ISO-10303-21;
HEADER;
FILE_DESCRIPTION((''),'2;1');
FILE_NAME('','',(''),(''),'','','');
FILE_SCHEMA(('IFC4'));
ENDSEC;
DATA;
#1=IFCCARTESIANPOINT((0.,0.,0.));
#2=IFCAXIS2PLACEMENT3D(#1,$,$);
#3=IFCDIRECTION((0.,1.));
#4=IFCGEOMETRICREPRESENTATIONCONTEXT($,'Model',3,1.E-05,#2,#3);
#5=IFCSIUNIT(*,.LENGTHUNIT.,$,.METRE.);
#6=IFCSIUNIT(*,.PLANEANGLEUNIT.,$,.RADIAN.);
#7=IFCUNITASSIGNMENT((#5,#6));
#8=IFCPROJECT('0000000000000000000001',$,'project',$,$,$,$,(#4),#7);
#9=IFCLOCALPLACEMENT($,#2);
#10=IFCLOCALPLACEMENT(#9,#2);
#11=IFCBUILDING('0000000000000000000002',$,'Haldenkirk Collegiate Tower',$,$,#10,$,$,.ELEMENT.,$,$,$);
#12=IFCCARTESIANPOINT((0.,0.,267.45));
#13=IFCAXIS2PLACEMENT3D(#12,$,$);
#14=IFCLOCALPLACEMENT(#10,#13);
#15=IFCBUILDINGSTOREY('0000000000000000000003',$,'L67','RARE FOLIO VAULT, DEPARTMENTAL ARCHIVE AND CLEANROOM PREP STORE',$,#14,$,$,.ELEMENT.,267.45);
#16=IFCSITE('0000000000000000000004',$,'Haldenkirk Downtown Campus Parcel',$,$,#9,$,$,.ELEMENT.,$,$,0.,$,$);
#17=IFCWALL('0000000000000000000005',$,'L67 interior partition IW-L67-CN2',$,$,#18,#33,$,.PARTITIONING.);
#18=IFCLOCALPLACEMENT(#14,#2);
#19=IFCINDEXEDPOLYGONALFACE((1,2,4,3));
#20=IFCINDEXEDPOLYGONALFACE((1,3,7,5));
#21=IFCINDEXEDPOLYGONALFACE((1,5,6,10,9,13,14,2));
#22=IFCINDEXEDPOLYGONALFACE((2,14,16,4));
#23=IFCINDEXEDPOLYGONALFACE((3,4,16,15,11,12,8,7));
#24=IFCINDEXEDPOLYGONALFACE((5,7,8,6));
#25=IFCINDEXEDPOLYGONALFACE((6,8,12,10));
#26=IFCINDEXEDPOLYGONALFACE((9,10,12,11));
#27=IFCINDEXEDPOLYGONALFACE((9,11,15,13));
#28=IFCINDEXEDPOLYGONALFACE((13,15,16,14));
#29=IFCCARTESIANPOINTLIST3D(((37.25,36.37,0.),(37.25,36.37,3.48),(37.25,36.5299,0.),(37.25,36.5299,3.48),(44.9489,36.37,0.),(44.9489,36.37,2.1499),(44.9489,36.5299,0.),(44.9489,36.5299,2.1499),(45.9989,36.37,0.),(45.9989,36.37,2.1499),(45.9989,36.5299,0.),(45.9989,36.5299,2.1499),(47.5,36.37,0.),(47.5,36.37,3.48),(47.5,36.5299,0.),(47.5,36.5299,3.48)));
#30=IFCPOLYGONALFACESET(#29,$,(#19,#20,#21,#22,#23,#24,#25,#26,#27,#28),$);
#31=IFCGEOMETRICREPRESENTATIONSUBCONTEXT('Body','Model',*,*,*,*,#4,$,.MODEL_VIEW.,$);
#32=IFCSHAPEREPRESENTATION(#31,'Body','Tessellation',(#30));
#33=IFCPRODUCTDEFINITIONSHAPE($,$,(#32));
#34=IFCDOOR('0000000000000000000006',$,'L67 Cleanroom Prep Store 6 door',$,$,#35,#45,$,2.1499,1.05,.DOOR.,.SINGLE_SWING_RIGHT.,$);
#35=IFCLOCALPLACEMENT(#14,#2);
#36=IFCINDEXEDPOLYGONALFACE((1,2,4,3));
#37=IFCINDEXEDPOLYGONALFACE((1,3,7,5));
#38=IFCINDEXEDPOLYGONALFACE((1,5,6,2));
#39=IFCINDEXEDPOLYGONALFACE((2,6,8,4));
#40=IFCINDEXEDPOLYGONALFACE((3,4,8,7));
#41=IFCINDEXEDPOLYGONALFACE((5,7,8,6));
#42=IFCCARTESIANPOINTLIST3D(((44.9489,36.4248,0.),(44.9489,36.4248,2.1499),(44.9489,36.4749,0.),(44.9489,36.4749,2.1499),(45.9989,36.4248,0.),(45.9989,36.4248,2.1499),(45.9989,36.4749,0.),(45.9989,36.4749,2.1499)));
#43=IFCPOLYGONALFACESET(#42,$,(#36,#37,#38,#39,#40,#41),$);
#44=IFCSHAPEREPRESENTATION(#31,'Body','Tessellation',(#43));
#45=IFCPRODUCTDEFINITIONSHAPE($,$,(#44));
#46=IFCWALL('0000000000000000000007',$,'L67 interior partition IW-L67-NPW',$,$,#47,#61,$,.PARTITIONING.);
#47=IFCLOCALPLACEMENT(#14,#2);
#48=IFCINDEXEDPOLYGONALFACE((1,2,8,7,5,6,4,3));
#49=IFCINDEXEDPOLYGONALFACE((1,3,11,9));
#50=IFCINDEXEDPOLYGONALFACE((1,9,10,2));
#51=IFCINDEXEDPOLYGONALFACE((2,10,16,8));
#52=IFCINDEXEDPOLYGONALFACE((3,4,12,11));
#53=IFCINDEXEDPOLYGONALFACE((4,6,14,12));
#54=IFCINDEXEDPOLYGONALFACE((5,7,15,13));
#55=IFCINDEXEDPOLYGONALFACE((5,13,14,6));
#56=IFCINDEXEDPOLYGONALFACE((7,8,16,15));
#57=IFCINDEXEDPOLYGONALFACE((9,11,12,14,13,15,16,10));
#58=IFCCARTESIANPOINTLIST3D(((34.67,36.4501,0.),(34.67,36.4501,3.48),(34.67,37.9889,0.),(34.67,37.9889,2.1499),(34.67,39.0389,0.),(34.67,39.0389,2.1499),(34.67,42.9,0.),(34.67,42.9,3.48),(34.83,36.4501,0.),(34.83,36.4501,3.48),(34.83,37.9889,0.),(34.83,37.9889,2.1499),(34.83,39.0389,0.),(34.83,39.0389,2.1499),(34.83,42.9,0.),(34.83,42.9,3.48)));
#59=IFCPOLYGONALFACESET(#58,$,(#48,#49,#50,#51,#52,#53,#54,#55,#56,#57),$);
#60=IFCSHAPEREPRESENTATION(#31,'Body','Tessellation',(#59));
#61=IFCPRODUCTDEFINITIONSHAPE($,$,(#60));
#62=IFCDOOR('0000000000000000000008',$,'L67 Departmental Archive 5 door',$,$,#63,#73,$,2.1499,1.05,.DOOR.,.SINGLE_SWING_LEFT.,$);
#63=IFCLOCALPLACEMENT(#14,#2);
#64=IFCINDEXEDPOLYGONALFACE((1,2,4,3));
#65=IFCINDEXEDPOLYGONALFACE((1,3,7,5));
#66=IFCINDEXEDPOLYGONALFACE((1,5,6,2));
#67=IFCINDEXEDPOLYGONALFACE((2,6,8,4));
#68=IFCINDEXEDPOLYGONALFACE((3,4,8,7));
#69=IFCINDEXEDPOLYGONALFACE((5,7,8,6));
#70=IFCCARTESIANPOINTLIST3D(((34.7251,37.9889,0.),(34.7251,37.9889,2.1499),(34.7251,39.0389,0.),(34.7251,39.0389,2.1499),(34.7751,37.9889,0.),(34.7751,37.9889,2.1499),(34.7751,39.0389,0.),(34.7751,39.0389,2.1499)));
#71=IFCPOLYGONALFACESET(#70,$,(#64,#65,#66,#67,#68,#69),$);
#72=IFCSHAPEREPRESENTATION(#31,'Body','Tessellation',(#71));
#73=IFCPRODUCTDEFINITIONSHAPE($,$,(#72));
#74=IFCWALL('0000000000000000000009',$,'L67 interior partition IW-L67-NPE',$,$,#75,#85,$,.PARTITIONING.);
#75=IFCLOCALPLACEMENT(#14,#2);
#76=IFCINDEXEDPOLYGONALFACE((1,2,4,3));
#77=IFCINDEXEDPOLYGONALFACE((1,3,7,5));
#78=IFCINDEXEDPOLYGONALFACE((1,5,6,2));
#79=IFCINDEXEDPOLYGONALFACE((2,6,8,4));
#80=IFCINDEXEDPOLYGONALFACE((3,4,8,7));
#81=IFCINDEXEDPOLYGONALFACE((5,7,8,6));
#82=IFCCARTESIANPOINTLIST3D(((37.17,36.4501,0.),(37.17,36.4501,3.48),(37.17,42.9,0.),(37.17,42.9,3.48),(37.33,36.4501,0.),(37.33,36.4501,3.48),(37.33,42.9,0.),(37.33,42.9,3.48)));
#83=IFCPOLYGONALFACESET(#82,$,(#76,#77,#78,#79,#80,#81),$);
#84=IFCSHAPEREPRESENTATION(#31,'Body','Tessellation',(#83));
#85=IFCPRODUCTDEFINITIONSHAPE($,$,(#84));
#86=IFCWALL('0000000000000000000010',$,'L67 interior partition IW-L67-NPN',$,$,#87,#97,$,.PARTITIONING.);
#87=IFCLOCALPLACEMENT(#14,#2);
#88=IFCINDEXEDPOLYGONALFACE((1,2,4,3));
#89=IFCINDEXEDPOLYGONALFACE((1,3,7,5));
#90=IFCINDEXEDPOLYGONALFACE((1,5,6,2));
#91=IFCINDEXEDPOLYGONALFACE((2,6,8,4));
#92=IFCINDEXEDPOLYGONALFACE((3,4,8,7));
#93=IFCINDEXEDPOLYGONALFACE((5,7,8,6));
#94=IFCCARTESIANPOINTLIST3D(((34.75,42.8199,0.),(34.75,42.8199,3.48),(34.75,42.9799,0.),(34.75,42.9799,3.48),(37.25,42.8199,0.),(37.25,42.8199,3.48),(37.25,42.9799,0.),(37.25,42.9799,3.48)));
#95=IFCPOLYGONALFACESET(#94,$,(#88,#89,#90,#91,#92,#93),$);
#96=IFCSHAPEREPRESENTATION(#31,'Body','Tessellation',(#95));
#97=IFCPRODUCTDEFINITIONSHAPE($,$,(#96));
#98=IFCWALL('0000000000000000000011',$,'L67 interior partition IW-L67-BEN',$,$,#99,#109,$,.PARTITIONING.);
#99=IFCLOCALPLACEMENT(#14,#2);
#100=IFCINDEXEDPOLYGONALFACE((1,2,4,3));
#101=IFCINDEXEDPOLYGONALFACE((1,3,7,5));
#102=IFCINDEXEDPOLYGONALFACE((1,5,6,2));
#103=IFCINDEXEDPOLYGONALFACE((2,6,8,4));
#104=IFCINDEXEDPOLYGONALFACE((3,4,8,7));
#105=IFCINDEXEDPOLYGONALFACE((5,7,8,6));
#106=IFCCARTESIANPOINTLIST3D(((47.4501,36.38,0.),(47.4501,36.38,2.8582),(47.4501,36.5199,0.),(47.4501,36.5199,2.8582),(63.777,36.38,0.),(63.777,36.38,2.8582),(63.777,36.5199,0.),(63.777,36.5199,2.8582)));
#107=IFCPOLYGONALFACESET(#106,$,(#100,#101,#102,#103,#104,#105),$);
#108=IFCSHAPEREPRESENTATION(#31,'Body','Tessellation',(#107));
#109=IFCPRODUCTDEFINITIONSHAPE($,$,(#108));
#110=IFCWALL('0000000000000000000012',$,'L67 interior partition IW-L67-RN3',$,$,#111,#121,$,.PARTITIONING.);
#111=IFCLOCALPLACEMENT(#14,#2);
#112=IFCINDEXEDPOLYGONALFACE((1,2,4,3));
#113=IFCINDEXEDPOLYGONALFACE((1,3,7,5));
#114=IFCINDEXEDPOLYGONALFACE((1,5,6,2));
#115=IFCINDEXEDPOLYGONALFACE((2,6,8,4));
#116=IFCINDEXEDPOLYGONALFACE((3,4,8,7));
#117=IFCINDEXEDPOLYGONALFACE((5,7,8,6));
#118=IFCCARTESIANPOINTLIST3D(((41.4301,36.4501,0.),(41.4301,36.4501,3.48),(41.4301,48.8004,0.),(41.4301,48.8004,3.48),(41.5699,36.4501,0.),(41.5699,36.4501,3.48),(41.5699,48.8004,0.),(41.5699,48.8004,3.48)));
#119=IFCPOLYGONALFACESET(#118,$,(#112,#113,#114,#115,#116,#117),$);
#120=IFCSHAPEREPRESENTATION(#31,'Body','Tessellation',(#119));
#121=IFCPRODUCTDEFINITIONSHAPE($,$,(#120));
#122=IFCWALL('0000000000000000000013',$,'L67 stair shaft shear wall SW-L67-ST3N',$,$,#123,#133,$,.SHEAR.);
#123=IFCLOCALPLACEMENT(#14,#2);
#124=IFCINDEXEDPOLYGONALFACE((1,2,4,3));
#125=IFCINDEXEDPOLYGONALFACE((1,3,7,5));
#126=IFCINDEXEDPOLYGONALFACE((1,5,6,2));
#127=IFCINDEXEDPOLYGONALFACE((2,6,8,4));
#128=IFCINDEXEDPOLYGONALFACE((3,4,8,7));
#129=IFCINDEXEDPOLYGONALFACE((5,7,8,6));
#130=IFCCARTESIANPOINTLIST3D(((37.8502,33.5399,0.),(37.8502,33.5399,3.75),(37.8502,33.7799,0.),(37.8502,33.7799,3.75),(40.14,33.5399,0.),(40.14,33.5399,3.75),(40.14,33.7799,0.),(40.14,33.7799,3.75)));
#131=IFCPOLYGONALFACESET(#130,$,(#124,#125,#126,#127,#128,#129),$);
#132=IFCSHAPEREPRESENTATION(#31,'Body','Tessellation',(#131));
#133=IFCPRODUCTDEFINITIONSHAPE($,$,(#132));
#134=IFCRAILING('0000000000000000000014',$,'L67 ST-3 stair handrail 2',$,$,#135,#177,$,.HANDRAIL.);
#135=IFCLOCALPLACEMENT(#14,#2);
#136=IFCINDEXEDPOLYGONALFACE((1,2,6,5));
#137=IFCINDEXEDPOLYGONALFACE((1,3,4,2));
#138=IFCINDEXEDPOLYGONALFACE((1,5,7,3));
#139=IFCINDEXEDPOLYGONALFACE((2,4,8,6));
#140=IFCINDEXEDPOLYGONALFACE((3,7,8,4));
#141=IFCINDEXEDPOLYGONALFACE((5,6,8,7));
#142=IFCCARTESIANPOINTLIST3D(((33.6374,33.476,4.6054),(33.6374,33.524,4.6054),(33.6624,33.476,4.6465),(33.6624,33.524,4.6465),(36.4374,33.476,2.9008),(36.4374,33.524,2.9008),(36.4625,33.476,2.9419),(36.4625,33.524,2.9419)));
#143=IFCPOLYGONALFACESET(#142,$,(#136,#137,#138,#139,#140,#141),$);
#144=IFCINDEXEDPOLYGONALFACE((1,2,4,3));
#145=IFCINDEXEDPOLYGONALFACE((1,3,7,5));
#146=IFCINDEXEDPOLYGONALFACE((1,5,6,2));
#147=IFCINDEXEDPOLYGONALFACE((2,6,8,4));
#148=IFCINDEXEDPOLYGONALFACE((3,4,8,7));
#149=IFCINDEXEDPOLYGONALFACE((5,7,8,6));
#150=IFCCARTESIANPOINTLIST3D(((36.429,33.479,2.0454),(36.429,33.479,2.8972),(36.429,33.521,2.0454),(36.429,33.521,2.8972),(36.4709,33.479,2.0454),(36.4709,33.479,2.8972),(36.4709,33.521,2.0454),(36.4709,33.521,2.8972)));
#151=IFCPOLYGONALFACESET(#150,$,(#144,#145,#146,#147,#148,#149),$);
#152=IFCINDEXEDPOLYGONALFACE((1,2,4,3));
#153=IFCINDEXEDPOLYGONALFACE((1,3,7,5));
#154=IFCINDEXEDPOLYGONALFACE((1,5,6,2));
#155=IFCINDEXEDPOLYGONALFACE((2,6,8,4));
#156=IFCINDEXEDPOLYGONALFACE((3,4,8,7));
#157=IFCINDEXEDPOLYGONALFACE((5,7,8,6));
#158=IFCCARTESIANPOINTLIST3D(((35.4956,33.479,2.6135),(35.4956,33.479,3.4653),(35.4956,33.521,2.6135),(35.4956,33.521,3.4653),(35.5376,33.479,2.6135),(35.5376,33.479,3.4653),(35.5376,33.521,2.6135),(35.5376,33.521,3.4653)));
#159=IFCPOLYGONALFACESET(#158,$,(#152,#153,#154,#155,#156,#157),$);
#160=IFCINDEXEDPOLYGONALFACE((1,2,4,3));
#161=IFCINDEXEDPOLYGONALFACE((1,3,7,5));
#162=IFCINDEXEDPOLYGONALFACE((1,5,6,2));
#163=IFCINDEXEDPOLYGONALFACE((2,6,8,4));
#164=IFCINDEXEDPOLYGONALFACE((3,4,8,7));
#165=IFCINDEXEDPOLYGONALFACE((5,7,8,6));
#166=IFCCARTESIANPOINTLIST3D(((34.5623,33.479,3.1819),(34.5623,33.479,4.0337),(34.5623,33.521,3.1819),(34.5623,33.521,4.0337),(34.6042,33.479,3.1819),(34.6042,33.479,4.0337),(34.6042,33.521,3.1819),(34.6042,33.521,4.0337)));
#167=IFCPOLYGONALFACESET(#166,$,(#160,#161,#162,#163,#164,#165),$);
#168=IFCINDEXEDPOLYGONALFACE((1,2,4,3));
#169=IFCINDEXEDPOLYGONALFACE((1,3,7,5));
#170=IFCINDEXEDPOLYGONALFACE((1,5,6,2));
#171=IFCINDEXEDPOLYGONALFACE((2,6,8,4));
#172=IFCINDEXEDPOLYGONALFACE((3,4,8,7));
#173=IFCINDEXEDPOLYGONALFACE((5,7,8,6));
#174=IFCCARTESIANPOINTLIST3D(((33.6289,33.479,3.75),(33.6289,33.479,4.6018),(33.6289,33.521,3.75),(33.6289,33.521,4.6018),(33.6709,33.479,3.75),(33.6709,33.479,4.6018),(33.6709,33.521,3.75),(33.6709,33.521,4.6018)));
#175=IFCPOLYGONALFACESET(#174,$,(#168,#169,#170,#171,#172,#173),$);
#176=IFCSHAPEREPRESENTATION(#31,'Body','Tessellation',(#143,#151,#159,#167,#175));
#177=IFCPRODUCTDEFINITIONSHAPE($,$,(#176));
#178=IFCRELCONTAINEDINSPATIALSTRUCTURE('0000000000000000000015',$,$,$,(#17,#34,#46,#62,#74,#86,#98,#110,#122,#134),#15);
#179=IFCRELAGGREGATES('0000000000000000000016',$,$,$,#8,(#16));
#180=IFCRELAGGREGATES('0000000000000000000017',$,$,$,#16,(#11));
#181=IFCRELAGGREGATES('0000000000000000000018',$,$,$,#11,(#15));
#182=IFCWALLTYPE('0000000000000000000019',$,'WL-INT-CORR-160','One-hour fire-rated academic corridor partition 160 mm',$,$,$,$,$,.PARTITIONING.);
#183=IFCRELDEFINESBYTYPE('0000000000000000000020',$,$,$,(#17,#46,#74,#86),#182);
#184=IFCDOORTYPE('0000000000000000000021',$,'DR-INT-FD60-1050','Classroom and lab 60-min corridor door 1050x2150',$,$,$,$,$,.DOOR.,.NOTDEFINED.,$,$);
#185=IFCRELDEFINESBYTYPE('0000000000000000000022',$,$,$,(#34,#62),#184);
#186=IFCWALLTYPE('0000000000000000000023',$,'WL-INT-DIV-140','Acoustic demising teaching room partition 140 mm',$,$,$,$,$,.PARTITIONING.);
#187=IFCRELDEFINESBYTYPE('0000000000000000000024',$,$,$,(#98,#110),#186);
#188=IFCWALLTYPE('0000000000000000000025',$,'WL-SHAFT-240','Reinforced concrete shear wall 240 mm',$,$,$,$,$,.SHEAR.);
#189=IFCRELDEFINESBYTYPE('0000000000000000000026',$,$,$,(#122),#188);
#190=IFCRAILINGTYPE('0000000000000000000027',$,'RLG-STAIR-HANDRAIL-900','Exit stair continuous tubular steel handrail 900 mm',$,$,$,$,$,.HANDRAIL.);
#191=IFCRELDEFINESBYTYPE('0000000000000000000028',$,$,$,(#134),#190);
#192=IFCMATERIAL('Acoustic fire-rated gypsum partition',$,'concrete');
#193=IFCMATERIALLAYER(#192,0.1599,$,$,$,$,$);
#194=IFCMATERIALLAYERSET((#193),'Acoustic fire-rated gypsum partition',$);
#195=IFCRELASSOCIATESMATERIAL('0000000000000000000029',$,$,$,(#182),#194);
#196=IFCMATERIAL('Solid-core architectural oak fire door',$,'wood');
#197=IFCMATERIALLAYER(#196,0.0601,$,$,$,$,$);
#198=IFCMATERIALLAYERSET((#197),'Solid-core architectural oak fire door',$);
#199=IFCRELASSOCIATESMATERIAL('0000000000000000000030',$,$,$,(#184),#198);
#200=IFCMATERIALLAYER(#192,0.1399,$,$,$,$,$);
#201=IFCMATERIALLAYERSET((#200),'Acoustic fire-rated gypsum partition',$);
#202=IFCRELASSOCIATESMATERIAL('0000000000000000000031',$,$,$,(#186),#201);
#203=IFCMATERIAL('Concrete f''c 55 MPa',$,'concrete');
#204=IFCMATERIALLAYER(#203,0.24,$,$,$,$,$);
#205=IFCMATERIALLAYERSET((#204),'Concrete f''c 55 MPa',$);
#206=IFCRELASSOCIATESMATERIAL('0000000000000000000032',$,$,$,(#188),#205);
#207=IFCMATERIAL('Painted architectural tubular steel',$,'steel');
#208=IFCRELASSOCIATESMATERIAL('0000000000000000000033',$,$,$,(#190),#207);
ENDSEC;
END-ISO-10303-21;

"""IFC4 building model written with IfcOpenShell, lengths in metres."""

from ifc_helpers import new_model, si_unit, direction, frame, frame_2d, origin, origin_2d, place, context, subcontext, project, spatial, rectangle, extrude, material, layer, layer_set, type_object, element, fill, save


model = new_model("IFC4")

# Units and contexts
model_context = context("Model", 3, precision=1e-05, world=origin(), true_north=direction((0.0, 1.0)))
body_context = subcontext(model_context, "Body", "Model", "MODEL_VIEW")
ifc_project = project(units=[si_unit("LENGTHUNIT", "METRE"), si_unit("PLANEANGLEUNIT", "RADIAN")], contexts=[model_context])

# Site, building, storey
site_placement = place(None, origin())
site = spatial("IfcSite", under=ifc_project, at=site_placement, Name="Haldenkirk Downtown Campus Parcel", CompositionType="ELEMENT", RefElevation=0.0)
building_placement = place(site_placement, origin())
building = spatial("IfcBuilding", under=site, at=building_placement, Name="Haldenkirk Collegiate Tower", CompositionType="ELEMENT")
storey_placement = place(building_placement, frame((0.0, 0.0, 267.45)))
storey = spatial("IfcBuildingStorey", under=building, at=storey_placement, Name="L67", Description="RARE FOLIO VAULT, DEPARTMENTAL ARCHIVE AND CLEANROOM PREP STORE", CompositionType="ELEMENT", Elevation=267.45)

# Walls, openings, doors
ifc_material_1 = material(Name="Acoustic fire-rated gypsum partition", Category="concrete")
ifc_layer_1 = layer(ifc_material_1, 0.1599)
ifc_layer_set_1 = layer_set([ifc_layer_1], Name="Acoustic fire-rated gypsum partition")
wall_type_1 = type_object("IfcWallType", Name="WL-INT-CORR-160", Description="One-hour fire-rated academic corridor partition 160 mm", PredefinedType="PARTITIONING", material=ifc_layer_set_1)
wall_1_placement = place(storey_placement, frame((37.25, 36.45, 0.0), z_axis=(0.0, 0.0, 1.0), x_axis=(1.0, 0.0, 0.0)))
wall_1 = element("IfcWall", 1, at=wall_1_placement, inside=storey, type_object=wall_type_1, Name="L67 interior partition IW-L67-CN2", PredefinedType="PARTITIONING", context=body_context, shape_type="SweptSolid", body=[
    extrude(rectangle(XDim=10.25, YDim=0.1599, at=frame_2d((5.125, 0.0))), origin(), (0.0, 0.0, 1.0), 3.48),
])
opening_1_placement = place(wall_1_placement, frame((7.699, 0.0, 0.0)))
opening_1 = element("IfcOpeningElement", 2, at=opening_1_placement, cuts=wall_1, PredefinedType="OPENING", context=body_context, shape_type="SweptSolid", body=[
    extrude(rectangle(XDim=1.05, YDim=2.1499, at=frame_2d((0.5249, 1.075))), frame((0.0, 0.0898, 0.0), z_axis=(0.0, -1.0, 0.0), x_axis=(1.0, 0.0, 0.0)), (0.0, 0.0, 1.0), 0.1799),
])
ifc_material_2 = material(Name="Solid-core architectural oak fire door", Category="wood")
ifc_layer_2 = layer(ifc_material_2, 0.0601)
ifc_layer_set_2 = layer_set([ifc_layer_2], Name="Solid-core architectural oak fire door")
door_type = type_object("IfcDoorType", Name="DR-INT-FD60-1050", Description="Classroom and lab 60-min corridor door 1050x2150", OperationType="NOTDEFINED", PredefinedType="DOOR", material=ifc_layer_set_2)
door_1_placement = place(opening_1_placement, origin())
door_1 = element("IfcDoor", 3, at=door_1_placement, inside=storey, type_object=door_type, Name="L67 Cleanroom Prep Store 6 door", OperationType="SINGLE_SWING_RIGHT", OverallHeight=2.1499, OverallWidth=1.05, PredefinedType="DOOR", context=body_context, shape_type="SweptSolid", body=[
    extrude(rectangle(XDim=1.05, YDim=2.1499, at=frame_2d((0.5249, 1.075))), frame((0.0, 0.0249, 0.0), z_axis=(0.0, -1.0, 0.0), x_axis=(1.0, 0.0, 0.0)), (0.0, 0.0, 1.0), 0.05),
])
fill(opening_1, door_1)
wall_2_placement = place(storey_placement, frame((34.75, 36.45, 0.0), z_axis=(0.0, 0.0, 1.0), x_axis=(0.0, 1.0, 0.0)))
wall_2 = element("IfcWall", 4, at=wall_2_placement, inside=storey, type_object=wall_type_1, Name="L67 interior partition IW-L67-NPW", PredefinedType="PARTITIONING", context=body_context, shape_type="SweptSolid", body=[
    extrude(rectangle(XDim=6.45, YDim=0.1599, at=frame_2d((3.2251, 0.0))), origin(), (0.0, 0.0, 1.0), 3.48),
])
opening_2_placement = place(wall_2_placement, frame((1.5391, 0.0, 0.0)))
opening_2 = element("IfcOpeningElement", 5, at=opening_2_placement, cuts=wall_2, PredefinedType="OPENING", context=body_context, shape_type="SweptSolid", body=[
    extrude(rectangle(XDim=1.05, YDim=2.1499, at=frame_2d((0.5249, 1.075))), frame((0.0, 0.0898, 0.0), z_axis=(0.0, -1.0, 0.0), x_axis=(1.0, 0.0, 0.0)), (0.0, 0.0, 1.0), 0.1799),
])
door_2_placement = place(opening_2_placement, origin())
door_2 = element("IfcDoor", 6, at=door_2_placement, inside=storey, type_object=door_type, Name="L67 Departmental Archive 5 door", OperationType="SINGLE_SWING_LEFT", OverallHeight=2.1499, OverallWidth=1.05, PredefinedType="DOOR", context=body_context, shape_type="SweptSolid", body=[
    extrude(rectangle(XDim=1.05, YDim=2.1499, at=frame_2d((0.5249, 1.075))), frame((0.0, 0.0249, 0.0), z_axis=(0.0, -1.0, 0.0), x_axis=(1.0, 0.0, 0.0)), (0.0, 0.0, 1.0), 0.05),
])
fill(opening_2, door_2)

# Walls
wall_3_placement = place(storey_placement, frame((37.25, 36.45, 0.0), z_axis=(0.0, 0.0, 1.0), x_axis=(0.0, 1.0, 0.0)))
element("IfcWall", 7, at=wall_3_placement, inside=storey, type_object=wall_type_1, Name="L67 interior partition IW-L67-NPE", PredefinedType="PARTITIONING", context=body_context, shape_type="SweptSolid", body=[
    extrude(rectangle(XDim=6.45, YDim=0.1599, at=frame_2d((3.2251, 0.0))), origin(), (0.0, 0.0, 1.0), 3.48),
])
wall_4_placement = place(storey_placement, frame((34.75, 42.8999, 0.0), z_axis=(0.0, 0.0, 1.0), x_axis=(1.0, 0.0, 0.0)))
element("IfcWall", 8, at=wall_4_placement, inside=storey, type_object=wall_type_1, Name="L67 interior partition IW-L67-NPN", PredefinedType="PARTITIONING", context=body_context, shape_type="SweptSolid", body=[
    extrude(rectangle(XDim=2.5, YDim=0.1599, at=frame_2d((1.25, 0.0))), origin(), (0.0, 0.0, 1.0), 3.48),
])
ifc_layer_3 = layer(ifc_material_1, 0.1399)
ifc_layer_set_3 = layer_set([ifc_layer_3], Name="Acoustic fire-rated gypsum partition")
wall_type_2 = type_object("IfcWallType", Name="WL-INT-DIV-140", Description="Acoustic demising teaching room partition 140 mm", PredefinedType="PARTITIONING", material=ifc_layer_set_3)
wall_5_placement = place(storey_placement, frame((47.45, 36.45, 0.0), z_axis=(0.0, 0.0, 1.0), x_axis=(1.0, 0.0, 0.0)))
element("IfcWall", 9, at=wall_5_placement, inside=storey, type_object=wall_type_2, Name="L67 interior partition IW-L67-BEN", PredefinedType="PARTITIONING", context=body_context, shape_type="SweptSolid", body=[
    extrude(rectangle(XDim=16.3269, YDim=0.1399, at=frame_2d((8.1636, 0.0))), origin(), (0.0, 0.0, 1.0), 2.8582),
])
wall_6_placement = place(storey_placement, frame((41.5, 36.45, 0.0), z_axis=(0.0, 0.0, 1.0), x_axis=(0.0, 1.0, 0.0)))
element("IfcWall", 10, at=wall_6_placement, inside=storey, type_object=wall_type_2, Name="L67 interior partition IW-L67-RN3", PredefinedType="PARTITIONING", context=body_context, shape_type="SweptSolid", body=[
    extrude(rectangle(XDim=12.3503, YDim=0.1399, at=frame_2d((6.1753, 0.0))), origin(), (0.0, 0.0, 1.0), 3.48),
])
ifc_material_3 = material(Name="Concrete f'c 55 MPa", Category="concrete")
ifc_layer_4 = layer(ifc_material_3, 0.24)
ifc_layer_set_4 = layer_set([ifc_layer_4], Name="Concrete f'c 55 MPa")
wall_type_3 = type_object("IfcWallType", Name="WL-SHAFT-240", Description="Reinforced concrete shear wall 240 mm", PredefinedType="SHEAR", material=ifc_layer_set_4)
wall_7_placement = place(storey_placement, frame((37.8501, 33.6599, 0.0), z_axis=(0.0, 0.0, 1.0), x_axis=(1.0, 0.0, 0.0)))
element("IfcWall", 11, at=wall_7_placement, inside=storey, type_object=wall_type_3, Name="L67 stair shaft shear wall SW-L67-ST3N", PredefinedType="SHEAR", context=body_context, shape_type="SweptSolid", body=[
    extrude(rectangle(XDim=2.2898, YDim=0.24, at=frame_2d((1.145, 0.0))), origin(), (0.0, 0.0, 1.0), 3.75),
])

# Railing
ifc_material_4 = material(Name="Painted architectural tubular steel", Category="steel")
railing_type = type_object("IfcRailingType", Name="RLG-STAIR-HANDRAIL-900", Description="Exit stair continuous tubular steel handrail 900 mm", PredefinedType="HANDRAIL", material=ifc_material_4)
railing_placement = place(storey_placement, frame((36.45, 33.5, 2.0454)))
element("IfcRailing", 12, at=railing_placement, inside=storey, type_object=railing_type, Name="L67 ST-3 stair handrail 2", PredefinedType="HANDRAIL", context=body_context, shape_type="SweptSolid", body=[
    extrude(rectangle(XDim=0.0481, YDim=0.0481, at=origin_2d()), frame((0.0, 0.0, 0.876), z_axis=(-0.85417, 0.0, 0.519994), x_axis=(0.0, -1.0, 0.0)), (0.0, 0.0, 1.0), 3.2781),
    extrude(rectangle(XDim=0.042, YDim=0.042, at=origin_2d()), origin(), (0.0, 0.0, 1.0), 0.8518),
    extrude(rectangle(XDim=0.042, YDim=0.042, at=origin_2d()), frame((-0.9333, 0.0, 0.5681)), (0.0, 0.0, 1.0), 0.8518),
    extrude(rectangle(XDim=0.042, YDim=0.042, at=origin_2d()), frame((-1.8667, 0.0, 1.1365)), (0.0, 0.0, 1.0), 0.8518),
    extrude(rectangle(XDim=0.042, YDim=0.042, at=origin_2d()), frame((-2.8, 0.0, 1.7046)), (0.0, 0.0, 1.0), 0.8518),
])

save(model, "model.ifc")
